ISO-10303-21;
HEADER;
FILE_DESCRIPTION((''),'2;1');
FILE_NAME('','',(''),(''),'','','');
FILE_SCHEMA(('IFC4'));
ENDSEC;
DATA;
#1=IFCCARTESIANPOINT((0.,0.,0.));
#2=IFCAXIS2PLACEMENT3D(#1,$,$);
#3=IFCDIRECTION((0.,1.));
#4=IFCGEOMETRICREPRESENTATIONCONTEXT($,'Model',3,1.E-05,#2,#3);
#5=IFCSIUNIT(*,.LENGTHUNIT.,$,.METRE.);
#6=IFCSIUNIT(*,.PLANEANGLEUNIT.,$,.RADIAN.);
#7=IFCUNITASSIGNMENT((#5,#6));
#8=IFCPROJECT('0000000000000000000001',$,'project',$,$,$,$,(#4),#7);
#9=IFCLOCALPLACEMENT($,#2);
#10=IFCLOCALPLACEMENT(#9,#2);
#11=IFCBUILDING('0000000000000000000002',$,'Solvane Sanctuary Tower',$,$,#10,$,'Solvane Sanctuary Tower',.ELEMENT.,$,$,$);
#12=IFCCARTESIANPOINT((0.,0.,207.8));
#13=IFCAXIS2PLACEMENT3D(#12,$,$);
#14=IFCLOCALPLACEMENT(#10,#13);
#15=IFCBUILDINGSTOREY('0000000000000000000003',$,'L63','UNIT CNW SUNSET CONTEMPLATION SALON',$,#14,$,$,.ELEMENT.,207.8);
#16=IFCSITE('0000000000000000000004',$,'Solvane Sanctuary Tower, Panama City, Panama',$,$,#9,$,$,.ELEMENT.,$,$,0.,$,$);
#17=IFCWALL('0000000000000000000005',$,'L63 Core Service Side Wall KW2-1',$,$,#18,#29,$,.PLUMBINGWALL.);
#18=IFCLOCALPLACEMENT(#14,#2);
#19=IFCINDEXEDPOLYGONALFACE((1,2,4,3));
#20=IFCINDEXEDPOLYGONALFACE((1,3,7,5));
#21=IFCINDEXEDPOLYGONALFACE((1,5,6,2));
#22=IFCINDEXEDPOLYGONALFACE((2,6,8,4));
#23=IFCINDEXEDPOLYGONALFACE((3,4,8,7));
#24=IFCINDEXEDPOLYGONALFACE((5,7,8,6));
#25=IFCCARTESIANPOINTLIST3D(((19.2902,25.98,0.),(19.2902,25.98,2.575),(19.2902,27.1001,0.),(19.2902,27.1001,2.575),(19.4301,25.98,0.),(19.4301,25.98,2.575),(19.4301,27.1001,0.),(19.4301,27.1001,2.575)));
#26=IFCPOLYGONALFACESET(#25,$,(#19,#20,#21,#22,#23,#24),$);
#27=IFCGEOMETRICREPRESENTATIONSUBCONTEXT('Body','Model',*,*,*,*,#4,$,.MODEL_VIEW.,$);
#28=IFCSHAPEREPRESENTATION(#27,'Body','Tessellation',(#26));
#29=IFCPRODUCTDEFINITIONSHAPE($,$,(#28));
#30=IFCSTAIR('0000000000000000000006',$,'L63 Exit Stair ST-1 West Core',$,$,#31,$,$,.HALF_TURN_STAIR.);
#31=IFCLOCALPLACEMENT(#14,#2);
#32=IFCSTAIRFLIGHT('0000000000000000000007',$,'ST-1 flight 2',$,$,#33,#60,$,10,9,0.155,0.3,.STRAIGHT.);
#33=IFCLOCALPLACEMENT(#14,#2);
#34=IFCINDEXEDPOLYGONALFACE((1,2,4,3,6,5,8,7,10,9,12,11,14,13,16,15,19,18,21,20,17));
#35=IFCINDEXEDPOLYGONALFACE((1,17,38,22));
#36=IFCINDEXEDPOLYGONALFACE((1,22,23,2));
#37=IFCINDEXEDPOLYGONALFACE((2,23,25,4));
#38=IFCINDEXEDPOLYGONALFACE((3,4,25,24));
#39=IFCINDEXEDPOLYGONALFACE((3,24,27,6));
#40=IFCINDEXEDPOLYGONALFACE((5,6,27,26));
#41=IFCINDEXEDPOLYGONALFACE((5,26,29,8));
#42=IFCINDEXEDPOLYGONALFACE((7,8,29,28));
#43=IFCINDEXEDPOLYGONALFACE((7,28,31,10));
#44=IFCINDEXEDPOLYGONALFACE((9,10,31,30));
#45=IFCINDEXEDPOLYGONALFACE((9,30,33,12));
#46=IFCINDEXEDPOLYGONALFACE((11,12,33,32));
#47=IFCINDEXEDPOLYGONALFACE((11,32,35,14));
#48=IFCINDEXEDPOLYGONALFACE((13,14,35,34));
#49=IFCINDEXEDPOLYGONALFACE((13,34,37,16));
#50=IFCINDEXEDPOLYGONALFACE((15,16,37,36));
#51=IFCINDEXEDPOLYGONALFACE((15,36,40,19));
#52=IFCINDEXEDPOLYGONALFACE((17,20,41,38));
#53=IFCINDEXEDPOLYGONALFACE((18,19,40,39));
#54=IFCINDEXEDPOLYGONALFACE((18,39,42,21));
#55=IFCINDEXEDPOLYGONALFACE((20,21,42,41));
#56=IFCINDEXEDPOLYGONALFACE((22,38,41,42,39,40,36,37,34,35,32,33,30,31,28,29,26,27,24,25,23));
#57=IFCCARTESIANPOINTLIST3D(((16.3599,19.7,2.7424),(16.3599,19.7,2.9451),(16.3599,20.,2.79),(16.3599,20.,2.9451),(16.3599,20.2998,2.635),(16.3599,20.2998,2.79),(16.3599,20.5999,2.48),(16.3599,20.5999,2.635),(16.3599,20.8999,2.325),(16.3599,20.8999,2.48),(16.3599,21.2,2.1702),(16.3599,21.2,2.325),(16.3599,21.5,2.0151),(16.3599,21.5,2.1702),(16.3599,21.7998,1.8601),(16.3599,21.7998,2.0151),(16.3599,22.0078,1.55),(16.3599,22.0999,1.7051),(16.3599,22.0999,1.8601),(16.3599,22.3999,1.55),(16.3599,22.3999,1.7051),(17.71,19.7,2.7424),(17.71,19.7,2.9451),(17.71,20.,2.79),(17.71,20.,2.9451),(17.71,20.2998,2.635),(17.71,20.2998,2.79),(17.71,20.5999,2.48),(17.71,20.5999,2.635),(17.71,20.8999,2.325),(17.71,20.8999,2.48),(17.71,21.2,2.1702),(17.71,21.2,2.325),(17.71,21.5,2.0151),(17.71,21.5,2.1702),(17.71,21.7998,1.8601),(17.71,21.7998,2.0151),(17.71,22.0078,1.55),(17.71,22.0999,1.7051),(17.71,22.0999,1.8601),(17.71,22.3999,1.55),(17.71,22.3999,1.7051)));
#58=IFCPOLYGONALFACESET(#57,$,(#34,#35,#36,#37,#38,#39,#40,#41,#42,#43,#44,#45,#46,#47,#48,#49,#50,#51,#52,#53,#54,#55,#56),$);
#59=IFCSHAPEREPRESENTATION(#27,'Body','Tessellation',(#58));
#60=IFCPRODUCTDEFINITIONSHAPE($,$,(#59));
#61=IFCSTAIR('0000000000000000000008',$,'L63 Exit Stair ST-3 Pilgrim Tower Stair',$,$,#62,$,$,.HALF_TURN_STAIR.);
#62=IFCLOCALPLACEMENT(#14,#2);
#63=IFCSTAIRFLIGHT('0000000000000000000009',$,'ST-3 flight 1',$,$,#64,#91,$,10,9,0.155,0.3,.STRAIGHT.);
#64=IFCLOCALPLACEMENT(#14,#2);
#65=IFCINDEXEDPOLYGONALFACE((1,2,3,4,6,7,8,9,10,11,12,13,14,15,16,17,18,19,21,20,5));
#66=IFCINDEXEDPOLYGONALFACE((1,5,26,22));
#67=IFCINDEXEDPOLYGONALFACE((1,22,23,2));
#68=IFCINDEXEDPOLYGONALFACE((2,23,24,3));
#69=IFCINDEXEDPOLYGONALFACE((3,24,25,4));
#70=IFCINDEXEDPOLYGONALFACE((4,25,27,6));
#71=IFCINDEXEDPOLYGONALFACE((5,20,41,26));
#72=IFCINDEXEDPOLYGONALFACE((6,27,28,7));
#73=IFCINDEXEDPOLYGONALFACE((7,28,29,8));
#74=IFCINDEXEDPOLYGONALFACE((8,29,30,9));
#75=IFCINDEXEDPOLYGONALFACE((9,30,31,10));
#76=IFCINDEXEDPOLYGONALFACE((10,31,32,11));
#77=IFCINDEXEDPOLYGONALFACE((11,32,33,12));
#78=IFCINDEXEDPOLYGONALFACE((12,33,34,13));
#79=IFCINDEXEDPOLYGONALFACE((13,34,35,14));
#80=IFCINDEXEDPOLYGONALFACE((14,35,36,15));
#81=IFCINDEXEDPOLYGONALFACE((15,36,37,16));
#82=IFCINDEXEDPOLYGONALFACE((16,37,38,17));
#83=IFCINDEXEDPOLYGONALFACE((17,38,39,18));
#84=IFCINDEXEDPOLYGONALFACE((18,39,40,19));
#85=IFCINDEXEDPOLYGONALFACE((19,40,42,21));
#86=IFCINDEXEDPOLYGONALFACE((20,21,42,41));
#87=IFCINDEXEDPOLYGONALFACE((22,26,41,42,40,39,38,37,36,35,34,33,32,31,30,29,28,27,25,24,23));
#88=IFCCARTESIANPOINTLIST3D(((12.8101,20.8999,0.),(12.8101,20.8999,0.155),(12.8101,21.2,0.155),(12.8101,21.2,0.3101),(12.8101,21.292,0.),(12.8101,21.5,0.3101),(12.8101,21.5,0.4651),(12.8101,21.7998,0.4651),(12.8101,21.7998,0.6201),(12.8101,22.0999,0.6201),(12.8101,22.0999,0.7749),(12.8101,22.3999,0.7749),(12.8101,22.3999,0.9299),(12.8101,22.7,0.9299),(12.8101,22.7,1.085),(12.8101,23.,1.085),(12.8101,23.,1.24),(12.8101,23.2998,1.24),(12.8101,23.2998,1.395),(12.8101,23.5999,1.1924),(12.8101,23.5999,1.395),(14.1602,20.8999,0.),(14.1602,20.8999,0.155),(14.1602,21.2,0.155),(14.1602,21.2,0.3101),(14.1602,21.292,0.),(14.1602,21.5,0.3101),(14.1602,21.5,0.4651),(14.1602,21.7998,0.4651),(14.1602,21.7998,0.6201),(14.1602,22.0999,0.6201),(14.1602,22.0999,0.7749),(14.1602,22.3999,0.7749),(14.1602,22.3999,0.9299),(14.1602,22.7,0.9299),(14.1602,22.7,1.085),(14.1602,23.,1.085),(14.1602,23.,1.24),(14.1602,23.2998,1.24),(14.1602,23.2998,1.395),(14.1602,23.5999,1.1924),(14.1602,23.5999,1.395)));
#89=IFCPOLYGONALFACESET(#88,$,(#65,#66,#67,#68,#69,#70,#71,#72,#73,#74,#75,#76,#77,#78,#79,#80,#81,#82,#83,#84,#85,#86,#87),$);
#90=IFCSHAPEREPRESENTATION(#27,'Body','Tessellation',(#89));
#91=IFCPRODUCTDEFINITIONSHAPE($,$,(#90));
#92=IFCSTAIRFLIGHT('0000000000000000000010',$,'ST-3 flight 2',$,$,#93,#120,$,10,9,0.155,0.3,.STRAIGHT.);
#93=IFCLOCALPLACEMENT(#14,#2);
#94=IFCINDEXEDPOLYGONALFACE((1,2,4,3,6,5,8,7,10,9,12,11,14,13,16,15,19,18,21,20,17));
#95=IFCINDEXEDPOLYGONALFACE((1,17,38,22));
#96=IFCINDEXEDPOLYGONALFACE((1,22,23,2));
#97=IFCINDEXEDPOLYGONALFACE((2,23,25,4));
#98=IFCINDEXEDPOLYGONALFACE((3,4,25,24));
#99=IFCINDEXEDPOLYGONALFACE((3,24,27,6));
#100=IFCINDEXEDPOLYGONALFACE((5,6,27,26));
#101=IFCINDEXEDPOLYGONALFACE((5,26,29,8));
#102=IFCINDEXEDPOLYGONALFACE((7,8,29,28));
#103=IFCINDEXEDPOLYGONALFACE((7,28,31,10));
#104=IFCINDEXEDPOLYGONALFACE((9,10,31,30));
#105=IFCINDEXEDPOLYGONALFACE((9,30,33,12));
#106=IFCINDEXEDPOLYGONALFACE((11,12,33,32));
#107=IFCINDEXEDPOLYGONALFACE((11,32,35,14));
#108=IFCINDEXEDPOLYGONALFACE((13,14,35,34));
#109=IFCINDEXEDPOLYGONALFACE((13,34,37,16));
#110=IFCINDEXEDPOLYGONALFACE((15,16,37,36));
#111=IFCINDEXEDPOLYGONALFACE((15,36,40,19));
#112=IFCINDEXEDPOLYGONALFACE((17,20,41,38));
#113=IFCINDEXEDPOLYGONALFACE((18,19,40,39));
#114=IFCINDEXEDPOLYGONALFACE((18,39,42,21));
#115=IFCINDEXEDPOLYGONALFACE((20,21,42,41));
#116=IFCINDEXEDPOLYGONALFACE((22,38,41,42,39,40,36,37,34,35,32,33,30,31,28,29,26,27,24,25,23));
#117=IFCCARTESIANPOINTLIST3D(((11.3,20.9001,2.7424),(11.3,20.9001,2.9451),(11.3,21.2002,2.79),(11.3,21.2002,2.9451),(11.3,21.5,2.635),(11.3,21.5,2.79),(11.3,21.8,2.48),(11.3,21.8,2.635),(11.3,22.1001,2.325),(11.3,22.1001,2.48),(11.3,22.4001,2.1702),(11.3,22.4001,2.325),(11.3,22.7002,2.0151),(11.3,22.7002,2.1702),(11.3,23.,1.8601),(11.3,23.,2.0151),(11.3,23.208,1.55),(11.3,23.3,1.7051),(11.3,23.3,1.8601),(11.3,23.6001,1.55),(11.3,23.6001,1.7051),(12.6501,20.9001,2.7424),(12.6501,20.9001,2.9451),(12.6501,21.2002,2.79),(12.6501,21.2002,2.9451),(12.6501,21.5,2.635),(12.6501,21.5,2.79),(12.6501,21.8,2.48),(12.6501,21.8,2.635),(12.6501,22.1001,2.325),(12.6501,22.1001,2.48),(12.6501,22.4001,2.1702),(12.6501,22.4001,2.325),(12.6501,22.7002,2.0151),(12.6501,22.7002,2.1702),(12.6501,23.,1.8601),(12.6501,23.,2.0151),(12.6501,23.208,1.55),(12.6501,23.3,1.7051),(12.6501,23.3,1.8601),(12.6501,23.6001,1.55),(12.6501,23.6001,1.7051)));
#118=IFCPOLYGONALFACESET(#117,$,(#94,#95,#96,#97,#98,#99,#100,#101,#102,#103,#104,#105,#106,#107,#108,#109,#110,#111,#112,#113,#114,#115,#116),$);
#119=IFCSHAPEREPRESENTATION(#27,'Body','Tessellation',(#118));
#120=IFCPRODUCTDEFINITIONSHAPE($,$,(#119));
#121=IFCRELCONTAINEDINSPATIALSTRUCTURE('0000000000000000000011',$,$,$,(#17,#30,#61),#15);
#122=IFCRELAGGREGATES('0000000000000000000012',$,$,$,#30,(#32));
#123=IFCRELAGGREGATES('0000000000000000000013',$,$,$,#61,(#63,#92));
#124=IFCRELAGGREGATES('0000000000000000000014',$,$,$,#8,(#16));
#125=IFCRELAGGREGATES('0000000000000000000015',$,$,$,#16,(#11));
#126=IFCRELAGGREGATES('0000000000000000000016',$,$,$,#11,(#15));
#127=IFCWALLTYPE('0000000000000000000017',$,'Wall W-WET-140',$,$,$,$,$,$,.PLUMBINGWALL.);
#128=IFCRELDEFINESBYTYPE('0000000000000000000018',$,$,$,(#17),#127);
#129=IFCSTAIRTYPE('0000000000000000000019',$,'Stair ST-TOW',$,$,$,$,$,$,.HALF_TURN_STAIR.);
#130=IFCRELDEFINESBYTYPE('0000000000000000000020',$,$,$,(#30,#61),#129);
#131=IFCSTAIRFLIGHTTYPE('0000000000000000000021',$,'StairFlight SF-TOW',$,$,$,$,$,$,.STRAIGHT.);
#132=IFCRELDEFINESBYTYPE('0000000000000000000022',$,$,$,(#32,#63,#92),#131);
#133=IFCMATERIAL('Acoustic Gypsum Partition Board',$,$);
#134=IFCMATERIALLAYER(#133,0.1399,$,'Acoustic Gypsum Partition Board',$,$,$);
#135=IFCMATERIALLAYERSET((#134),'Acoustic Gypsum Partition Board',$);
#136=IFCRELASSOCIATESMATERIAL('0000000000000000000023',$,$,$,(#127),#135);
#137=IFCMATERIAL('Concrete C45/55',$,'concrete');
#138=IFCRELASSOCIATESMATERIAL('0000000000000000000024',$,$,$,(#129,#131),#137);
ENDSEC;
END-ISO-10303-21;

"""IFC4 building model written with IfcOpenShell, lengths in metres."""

from ifc_helpers import new_model, si_unit, direction, frame, frame_2d, origin, place, context, subcontext, project, spatial, polyline, rectangle, outline, extrude, material, layer, layer_set, type_object, element, aggregate, save


model = new_model("IFC4")

# Units and contexts
model_context = context("Model", 3, precision=1e-05, world=origin(), true_north=direction((0.0, 1.0)))
body_context = subcontext(model_context, "Body", "Model", "MODEL_VIEW")
ifc_project = project(units=[si_unit("LENGTHUNIT", "METRE"), si_unit("PLANEANGLEUNIT", "RADIAN")], contexts=[model_context])

# Site, building, storey
site_placement = place(None, origin())
site = spatial("IfcSite", under=ifc_project, at=site_placement, Name="Solvane Sanctuary Tower, Panama City, Panama", CompositionType="ELEMENT", RefElevation=0.0)
building_placement = place(site_placement, origin())
building = spatial("IfcBuilding", under=site, at=building_placement, Name="Solvane Sanctuary Tower", LongName="Solvane Sanctuary Tower", CompositionType="ELEMENT")
storey_placement = place(building_placement, frame((0.0, 0.0, 207.8)))
storey = spatial("IfcBuildingStorey", under=building, at=storey_placement, Name="L63", Description="UNIT CNW SUNSET CONTEMPLATION SALON", CompositionType="ELEMENT", Elevation=207.8)

# Shared definitions
ifc_material_1 = material(Name="Acoustic Gypsum Partition Board")

# Wall
ifc_layer_1 = layer(ifc_material_1, 0.1399, Name="Acoustic Gypsum Partition Board")
ifc_layer_set_1 = layer_set([ifc_layer_1], Name="Acoustic Gypsum Partition Board")
wall_type_1 = type_object("IfcWallType", Name="Wall W-WET-140", PredefinedType="PLUMBINGWALL", material=ifc_layer_set_1)
wall_1_placement = place(storey_placement, frame((19.3601, 25.98, 0.0), z_axis=(0.0, 0.0, 1.0), x_axis=(0.0, 1.0, 0.0)))
element("IfcWall", 1, at=wall_1_placement, inside=storey, type_object=wall_type_1, Name="L63 Core Service Side Wall KW2-1", PredefinedType="PLUMBINGWALL", context=body_context, shape_type="SweptSolid", body=[
    extrude(rectangle(XDim=1.1201, YDim=0.1399, at=frame_2d((0.5601, 0.0))), origin(), (0.0, 0.0, 1.0), 2.575),
])

# Stair, stair flight
ifc_material_2 = material(Name="Concrete C45/55", Category="concrete")
stair_type = type_object("IfcStairType", Name="Stair ST-TOW", PredefinedType="HALF_TURN_STAIR", material=ifc_material_2)
stair_1_placement = place(storey_placement, origin())
stair_1 = element("IfcStair", 2, at=stair_1_placement, inside=storey, type_object=stair_type, Name="L63 Exit Stair ST-1 West Core", PredefinedType="HALF_TURN_STAIR")
stair_flight_type = type_object("IfcStairFlightType", Name="StairFlight SF-TOW", PredefinedType="STRAIGHT", material=ifc_material_2)
stair_flight_1_placement = place(storey_placement, frame((17.0349, 22.3999, 1.55), z_axis=(0.0, 0.0, 1.0), x_axis=(0.0, -1.0, 0.0)))
stair_flight_1 = element("IfcStairFlight", 3, at=stair_flight_1_placement, type_object=stair_flight_type, Name="ST-1 flight 2", NumberOfRisers=10, NumberOfTreads=9, PredefinedType="STRAIGHT", RiserHeight=0.155, TreadLength=0.3, context=body_context, shape_type="SweptSolid", body=[
    extrude(outline(polyline([(0.0, 0.0), (0.0, 0.155), (0.3, 0.155), (0.3, 0.3101), (0.6001, 0.3101), (0.6001, 0.4651), (0.8999, 0.4651), (0.8999, 0.6201), (1.2, 0.6201), (1.2, 0.7749), (1.5, 0.7749), (1.5, 0.9299), (1.8, 0.9299), (1.8, 1.085), (2.1001, 1.085), (2.1001, 1.24), (2.3999, 1.24), (2.3999, 1.395), (2.7, 1.395), (2.7, 1.55), (2.7, 1.1924), (0.3921, 0.0), (0.0, 0.0)])), frame((0.0, 0.675, 0.0), z_axis=(0.0, -1.0, 0.0), x_axis=(1.0, 0.0, 0.0)), (0.0, 0.0, 1.0), 1.3501),
])
aggregate(stair_1, [stair_flight_1])

# Stair, stair flights
stair_2_placement = place(storey_placement, origin())
stair_2 = element("IfcStair", 4, at=stair_2_placement, inside=storey, type_object=stair_type, Name="L63 Exit Stair ST-3 Pilgrim Tower Stair", PredefinedType="HALF_TURN_STAIR")
stair_flight_2_placement = place(storey_placement, frame((13.4851, 20.8999, 0.0), z_axis=(0.0, 0.0, 1.0), x_axis=(0.0, 1.0, 0.0)))
stair_flight_2 = element("IfcStairFlight", 5, at=stair_flight_2_placement, type_object=stair_flight_type, Name="ST-3 flight 1", NumberOfRisers=10, NumberOfTreads=9, PredefinedType="STRAIGHT", RiserHeight=0.155, TreadLength=0.3, context=body_context, shape_type="SweptSolid", body=[
    extrude(outline(polyline([(0.0, 0.0), (0.0, 0.155), (0.3, 0.155), (0.3, 0.3101), (0.6001, 0.3101), (0.6001, 0.4651), (0.8999, 0.4651), (0.8999, 0.6201), (1.2, 0.6201), (1.2, 0.7749), (1.5, 0.7749), (1.5, 0.9299), (1.8, 0.9299), (1.8, 1.085), (2.1001, 1.085), (2.1001, 1.24), (2.3999, 1.24), (2.3999, 1.395), (2.7, 1.395), (2.7, 1.55), (2.7, 1.1924), (0.3921, 0.0), (0.0, 0.0)])), frame((0.0, 0.675, 0.0), z_axis=(0.0, -1.0, 0.0), x_axis=(1.0, 0.0, 0.0)), (0.0, 0.0, 1.0), 1.3501),
])
stair_flight_3_placement = place(storey_placement, frame((11.9751, 23.6001, 1.55), z_axis=(0.0, 0.0, 1.0), x_axis=(0.0, -1.0, 0.0)))
stair_flight_3 = element("IfcStairFlight", 6, at=stair_flight_3_placement, type_object=stair_flight_type, Name="ST-3 flight 2", NumberOfRisers=10, NumberOfTreads=9, PredefinedType="STRAIGHT", RiserHeight=0.155, TreadLength=0.3, context=body_context, shape_type="SweptSolid", body=[
    extrude(outline(polyline([(0.0, 0.0), (0.0, 0.155), (0.3, 0.155), (0.3, 0.3101), (0.6001, 0.3101), (0.6001, 0.4651), (0.8999, 0.4651), (0.8999, 0.6201), (1.2, 0.6201), (1.2, 0.7749), (1.5, 0.7749), (1.5, 0.9299), (1.8, 0.9299), (1.8, 1.085), (2.1001, 1.085), (2.1001, 1.24), (2.3999, 1.24), (2.3999, 1.395), (2.7, 1.395), (2.7, 1.55), (2.7, 1.1924), (0.3921, 0.0), (0.0, 0.0)])), frame((0.0, 0.675, 0.0), z_axis=(0.0, -1.0, 0.0), x_axis=(1.0, 0.0, 0.0)), (0.0, 0.0, 1.0), 1.3501),
])
aggregate(stair_2, [stair_flight_2, stair_flight_3])

save(model, "model.ifc")
